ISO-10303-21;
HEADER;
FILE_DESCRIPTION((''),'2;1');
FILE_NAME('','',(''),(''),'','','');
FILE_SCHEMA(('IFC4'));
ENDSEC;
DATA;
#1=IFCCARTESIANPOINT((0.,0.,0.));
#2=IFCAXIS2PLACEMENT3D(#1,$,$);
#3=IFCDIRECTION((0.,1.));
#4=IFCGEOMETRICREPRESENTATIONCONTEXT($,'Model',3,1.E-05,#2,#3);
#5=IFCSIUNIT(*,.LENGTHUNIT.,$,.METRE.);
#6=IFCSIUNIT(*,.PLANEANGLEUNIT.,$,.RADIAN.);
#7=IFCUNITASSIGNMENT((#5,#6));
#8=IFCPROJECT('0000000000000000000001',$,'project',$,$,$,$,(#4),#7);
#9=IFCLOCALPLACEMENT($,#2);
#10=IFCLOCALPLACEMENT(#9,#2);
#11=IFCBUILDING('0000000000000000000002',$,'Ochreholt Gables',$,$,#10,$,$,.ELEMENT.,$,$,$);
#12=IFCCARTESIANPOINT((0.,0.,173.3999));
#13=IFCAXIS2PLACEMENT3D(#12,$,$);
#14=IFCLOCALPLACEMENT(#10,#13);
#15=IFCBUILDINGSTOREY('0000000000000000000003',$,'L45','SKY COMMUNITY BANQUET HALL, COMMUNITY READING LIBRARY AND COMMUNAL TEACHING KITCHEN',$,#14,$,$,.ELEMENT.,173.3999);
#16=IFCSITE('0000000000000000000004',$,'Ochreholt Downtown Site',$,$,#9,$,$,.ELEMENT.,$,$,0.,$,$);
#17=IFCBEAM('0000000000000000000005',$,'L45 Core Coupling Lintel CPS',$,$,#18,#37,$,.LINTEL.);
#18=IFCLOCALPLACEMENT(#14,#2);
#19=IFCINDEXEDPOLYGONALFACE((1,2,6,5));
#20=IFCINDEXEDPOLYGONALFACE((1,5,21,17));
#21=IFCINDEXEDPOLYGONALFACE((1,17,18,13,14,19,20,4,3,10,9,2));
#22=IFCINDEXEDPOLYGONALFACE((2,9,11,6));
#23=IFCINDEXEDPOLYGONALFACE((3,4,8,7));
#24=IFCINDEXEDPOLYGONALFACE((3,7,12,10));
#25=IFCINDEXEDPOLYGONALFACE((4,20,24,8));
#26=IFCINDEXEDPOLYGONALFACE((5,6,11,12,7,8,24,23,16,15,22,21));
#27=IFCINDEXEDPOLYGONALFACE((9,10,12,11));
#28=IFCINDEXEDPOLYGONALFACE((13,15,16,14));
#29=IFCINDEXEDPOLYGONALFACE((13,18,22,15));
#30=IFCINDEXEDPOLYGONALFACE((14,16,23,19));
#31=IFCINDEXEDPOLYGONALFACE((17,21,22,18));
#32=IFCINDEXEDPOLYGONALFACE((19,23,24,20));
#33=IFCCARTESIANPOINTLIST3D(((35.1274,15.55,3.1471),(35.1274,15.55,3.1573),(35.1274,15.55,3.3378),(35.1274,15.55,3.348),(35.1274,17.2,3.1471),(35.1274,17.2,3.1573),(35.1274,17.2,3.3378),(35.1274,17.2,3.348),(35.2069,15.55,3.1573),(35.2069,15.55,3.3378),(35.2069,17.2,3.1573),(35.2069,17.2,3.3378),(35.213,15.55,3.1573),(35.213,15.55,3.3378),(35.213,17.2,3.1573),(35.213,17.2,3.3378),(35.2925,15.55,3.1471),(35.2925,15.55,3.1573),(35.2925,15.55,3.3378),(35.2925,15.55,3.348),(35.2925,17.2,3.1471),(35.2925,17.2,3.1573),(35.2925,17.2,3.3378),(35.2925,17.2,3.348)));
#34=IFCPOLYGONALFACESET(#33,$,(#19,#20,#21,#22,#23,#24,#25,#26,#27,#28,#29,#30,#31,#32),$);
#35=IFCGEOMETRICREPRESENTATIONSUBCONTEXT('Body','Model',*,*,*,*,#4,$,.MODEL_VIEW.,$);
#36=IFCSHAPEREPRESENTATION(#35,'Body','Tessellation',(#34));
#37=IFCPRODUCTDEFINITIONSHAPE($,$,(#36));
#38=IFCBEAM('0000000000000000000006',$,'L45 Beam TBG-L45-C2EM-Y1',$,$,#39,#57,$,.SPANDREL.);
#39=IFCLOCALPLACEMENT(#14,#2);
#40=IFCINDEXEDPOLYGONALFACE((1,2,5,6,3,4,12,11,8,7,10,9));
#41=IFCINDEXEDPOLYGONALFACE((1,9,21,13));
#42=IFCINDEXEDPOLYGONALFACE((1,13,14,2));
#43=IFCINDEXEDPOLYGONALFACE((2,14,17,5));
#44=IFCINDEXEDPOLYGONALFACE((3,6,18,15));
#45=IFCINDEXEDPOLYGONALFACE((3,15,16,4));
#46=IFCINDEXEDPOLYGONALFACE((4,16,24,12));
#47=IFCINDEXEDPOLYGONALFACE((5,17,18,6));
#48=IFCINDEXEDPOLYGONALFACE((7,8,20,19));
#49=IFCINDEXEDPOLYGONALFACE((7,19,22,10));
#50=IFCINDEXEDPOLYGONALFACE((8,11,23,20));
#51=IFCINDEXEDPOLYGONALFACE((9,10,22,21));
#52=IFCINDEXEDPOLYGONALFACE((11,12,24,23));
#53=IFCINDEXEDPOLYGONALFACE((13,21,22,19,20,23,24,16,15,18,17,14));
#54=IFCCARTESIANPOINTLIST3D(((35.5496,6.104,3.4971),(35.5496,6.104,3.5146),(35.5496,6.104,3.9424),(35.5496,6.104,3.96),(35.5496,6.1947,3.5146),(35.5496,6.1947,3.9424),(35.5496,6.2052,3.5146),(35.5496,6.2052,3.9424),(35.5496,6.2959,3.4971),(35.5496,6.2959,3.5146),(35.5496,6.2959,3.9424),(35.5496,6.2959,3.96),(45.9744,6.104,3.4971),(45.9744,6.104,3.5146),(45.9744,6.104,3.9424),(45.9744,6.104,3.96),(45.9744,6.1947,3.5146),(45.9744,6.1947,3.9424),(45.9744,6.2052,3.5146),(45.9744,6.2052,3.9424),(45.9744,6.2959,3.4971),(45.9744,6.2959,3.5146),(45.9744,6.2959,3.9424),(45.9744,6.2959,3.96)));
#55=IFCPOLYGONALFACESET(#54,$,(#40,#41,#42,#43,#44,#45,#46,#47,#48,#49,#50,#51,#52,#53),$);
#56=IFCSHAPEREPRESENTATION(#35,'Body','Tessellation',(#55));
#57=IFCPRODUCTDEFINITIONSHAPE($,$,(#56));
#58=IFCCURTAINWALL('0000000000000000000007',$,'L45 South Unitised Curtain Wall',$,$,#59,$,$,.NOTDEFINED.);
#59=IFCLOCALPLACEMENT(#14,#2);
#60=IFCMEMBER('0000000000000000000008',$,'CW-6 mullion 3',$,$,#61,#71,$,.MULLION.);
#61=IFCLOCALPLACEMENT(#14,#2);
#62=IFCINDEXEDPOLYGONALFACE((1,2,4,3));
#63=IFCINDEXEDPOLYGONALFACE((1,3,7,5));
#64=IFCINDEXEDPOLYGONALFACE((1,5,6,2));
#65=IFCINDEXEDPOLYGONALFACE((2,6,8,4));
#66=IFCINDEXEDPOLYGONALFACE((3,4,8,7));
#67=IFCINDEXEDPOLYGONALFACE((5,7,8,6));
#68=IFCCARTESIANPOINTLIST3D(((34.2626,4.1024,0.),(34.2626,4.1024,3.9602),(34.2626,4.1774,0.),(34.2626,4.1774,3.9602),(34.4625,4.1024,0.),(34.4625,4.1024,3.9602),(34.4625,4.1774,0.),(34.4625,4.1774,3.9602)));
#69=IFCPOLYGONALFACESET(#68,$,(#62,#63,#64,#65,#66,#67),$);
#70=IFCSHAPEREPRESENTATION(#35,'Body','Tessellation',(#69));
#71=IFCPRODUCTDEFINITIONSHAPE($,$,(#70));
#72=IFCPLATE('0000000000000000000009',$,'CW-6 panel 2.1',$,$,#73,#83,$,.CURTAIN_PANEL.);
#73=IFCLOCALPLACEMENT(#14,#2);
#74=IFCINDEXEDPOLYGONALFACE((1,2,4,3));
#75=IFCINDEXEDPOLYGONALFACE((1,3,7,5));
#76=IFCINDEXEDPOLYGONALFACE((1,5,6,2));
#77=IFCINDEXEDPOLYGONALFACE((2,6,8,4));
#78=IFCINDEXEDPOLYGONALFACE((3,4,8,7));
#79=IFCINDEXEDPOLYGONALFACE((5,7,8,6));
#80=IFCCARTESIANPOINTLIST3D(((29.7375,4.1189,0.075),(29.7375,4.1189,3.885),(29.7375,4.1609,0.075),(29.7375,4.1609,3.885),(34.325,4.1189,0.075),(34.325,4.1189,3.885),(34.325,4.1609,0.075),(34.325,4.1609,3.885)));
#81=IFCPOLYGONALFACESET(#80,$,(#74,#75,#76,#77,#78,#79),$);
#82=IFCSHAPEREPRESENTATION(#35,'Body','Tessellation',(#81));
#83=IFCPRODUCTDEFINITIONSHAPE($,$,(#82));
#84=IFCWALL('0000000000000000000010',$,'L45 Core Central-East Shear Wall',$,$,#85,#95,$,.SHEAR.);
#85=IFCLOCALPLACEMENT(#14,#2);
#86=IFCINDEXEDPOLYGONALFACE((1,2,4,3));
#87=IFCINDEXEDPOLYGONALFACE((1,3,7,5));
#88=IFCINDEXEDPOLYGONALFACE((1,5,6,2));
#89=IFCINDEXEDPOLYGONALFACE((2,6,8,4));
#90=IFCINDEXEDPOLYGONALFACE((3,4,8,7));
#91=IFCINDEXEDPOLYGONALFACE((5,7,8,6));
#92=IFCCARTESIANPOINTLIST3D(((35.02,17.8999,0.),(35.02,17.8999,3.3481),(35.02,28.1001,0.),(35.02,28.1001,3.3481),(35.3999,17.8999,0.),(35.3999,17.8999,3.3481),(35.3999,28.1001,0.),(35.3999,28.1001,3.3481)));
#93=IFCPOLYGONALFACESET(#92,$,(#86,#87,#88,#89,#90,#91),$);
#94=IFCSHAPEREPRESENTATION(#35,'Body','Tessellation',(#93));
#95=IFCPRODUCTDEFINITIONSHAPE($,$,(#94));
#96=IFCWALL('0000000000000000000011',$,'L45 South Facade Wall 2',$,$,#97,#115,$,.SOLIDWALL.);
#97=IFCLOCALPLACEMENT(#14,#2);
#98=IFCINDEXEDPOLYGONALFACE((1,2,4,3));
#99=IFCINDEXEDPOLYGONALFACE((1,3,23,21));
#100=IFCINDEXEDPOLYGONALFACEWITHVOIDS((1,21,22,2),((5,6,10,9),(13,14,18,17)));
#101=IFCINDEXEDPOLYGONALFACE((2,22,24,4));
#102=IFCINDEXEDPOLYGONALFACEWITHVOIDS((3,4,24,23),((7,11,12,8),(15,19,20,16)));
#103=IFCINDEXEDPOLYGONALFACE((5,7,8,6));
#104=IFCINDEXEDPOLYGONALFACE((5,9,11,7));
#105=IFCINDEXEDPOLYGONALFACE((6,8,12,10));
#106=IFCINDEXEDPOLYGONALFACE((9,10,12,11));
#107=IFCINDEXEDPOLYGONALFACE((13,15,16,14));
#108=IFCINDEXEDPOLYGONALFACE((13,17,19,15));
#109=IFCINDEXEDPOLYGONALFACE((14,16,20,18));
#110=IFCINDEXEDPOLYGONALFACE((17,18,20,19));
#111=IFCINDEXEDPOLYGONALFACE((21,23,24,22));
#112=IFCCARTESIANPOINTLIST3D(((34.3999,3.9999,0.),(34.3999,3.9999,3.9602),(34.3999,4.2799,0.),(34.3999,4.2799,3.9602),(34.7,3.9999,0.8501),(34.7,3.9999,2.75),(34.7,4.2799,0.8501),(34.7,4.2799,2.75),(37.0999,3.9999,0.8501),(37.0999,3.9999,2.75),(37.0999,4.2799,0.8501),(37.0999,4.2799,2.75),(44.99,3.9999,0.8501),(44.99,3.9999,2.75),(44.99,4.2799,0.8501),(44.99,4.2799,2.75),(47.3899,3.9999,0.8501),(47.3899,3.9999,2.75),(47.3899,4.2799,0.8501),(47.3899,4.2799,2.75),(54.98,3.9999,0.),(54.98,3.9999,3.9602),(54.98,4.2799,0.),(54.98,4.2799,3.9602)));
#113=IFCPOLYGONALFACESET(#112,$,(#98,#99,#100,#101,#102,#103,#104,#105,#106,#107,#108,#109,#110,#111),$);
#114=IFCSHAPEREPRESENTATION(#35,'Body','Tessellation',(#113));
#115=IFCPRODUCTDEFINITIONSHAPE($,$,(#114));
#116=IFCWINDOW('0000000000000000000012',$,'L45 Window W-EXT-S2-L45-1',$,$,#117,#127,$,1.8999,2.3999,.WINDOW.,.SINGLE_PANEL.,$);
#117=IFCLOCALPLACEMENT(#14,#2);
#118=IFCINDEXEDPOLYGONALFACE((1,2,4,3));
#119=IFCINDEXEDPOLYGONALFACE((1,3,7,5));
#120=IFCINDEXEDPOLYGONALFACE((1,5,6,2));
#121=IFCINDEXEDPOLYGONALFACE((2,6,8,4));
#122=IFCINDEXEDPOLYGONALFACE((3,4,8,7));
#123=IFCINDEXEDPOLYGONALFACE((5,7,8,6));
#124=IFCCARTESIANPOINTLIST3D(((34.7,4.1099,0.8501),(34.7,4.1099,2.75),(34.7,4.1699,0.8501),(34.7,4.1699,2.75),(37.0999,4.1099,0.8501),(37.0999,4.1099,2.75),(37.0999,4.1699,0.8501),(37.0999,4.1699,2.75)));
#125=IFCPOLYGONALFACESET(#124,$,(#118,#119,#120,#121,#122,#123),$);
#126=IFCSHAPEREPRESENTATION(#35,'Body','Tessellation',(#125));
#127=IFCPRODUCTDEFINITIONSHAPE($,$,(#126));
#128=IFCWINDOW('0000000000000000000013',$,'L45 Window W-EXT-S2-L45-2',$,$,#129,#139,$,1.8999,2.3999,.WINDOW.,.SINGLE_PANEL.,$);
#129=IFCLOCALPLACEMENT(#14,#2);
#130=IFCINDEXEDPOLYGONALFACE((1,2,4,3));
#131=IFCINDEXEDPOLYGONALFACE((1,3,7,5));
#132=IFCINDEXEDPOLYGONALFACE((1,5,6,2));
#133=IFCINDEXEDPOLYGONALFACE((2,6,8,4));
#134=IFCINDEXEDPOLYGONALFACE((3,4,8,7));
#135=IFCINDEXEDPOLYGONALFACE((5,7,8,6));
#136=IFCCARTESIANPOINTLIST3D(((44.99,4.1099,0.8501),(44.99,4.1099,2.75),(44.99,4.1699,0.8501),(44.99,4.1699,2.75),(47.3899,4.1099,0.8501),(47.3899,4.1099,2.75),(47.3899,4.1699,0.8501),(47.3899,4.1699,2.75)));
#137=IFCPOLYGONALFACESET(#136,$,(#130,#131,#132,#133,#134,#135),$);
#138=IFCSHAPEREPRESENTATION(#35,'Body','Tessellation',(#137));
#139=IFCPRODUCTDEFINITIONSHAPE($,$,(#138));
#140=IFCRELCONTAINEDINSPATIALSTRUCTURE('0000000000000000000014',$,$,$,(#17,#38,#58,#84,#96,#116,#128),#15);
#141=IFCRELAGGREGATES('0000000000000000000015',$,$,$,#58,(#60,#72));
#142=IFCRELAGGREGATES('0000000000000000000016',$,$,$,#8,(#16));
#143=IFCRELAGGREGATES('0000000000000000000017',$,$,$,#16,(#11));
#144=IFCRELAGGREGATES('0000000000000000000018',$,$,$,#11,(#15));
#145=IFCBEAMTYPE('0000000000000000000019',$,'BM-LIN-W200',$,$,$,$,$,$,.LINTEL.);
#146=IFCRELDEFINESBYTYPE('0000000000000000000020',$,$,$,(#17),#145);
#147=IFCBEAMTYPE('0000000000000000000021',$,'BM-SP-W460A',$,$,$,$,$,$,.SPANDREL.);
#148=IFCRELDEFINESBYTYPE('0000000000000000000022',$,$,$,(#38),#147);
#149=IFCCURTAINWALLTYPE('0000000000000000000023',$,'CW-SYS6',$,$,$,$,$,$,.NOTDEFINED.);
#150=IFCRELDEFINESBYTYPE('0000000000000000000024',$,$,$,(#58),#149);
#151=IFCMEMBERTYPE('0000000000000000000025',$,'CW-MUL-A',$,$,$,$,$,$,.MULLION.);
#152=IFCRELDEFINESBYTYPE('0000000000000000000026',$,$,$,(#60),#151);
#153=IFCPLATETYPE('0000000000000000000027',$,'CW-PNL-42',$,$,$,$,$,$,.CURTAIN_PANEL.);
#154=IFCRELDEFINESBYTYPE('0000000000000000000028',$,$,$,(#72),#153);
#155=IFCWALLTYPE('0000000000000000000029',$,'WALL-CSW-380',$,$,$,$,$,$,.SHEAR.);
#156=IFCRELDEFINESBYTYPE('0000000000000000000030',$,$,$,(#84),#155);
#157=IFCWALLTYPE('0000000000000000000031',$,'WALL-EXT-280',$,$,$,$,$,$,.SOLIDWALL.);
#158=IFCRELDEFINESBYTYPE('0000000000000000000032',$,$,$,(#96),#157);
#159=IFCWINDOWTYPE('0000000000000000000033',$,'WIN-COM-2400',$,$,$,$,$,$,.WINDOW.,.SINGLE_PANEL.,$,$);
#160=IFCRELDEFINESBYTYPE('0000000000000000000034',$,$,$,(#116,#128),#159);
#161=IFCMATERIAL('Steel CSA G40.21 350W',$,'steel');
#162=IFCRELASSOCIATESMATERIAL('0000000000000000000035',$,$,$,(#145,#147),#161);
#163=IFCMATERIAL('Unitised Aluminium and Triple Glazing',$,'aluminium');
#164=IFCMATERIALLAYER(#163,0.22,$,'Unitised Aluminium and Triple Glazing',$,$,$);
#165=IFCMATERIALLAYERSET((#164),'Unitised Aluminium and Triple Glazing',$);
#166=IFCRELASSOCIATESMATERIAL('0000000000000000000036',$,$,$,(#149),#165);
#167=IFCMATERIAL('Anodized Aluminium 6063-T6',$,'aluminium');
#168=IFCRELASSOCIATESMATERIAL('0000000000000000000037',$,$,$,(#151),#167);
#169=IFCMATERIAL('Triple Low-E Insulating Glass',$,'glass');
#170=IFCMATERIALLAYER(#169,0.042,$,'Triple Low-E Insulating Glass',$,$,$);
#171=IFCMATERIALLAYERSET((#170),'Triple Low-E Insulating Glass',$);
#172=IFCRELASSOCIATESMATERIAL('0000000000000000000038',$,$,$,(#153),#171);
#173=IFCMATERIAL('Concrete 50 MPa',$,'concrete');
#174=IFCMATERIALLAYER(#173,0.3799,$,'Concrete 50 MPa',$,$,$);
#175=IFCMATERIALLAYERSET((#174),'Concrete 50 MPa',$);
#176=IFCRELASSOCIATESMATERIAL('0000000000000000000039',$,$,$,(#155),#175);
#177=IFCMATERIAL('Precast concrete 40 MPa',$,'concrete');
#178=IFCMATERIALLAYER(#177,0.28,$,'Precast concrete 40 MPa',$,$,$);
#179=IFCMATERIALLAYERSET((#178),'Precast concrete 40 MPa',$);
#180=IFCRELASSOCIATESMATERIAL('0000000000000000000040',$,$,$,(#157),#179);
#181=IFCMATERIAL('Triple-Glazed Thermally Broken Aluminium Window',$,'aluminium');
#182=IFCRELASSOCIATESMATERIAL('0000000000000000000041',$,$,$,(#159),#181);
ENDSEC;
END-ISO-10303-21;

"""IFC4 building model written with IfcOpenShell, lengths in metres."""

from ifc_helpers import new_model, si_unit, direction, frame, frame_2d, origin, origin_2d, place, context, subcontext, project, spatial, rectangle, i_section, extrude, material, layer, layer_set, material_profile, profile_set, type_object, element, fill, aggregate, save


model = new_model("IFC4")

# Units and contexts
model_context = context("Model", 3, precision=1e-05, world=origin(), true_north=direction((0.0, 1.0)))
body_context = subcontext(model_context, "Body", "Model", "MODEL_VIEW")
ifc_project = project(units=[si_unit("LENGTHUNIT", "METRE"), si_unit("PLANEANGLEUNIT", "RADIAN")], contexts=[model_context])

# Site, building, storey
site_placement = place(None, origin())
site = spatial("IfcSite", under=ifc_project, at=site_placement, Name="Ochreholt Downtown Site", CompositionType="ELEMENT", RefElevation=0.0)
building_placement = place(site_placement, origin())
building = spatial("IfcBuilding", under=site, at=building_placement, Name="Ochreholt Gables", CompositionType="ELEMENT")
storey_placement = place(building_placement, frame((0.0, 0.0, 173.3999)))
storey = spatial("IfcBuildingStorey", under=building, at=storey_placement, Name="L45", Description="SKY COMMUNITY BANQUET HALL, COMMUNITY READING LIBRARY AND COMMUNAL TEACHING KITCHEN", CompositionType="ELEMENT", Elevation=173.3999)

# Shared definitions
ifc_material_1 = material(Name="Concrete 50 MPa", Category="concrete")

# Beams
ifc_material_2 = material(Name="Steel CSA G40.21 350W", Category="steel")
ifc_material_profile_1 = material_profile(ifc_material_2, i_section(OverallWidth=0.165, OverallDepth=0.2009, WebThickness=0.0061, FlangeThickness=0.0103, at=origin_2d()), Name="W200X36")
ifc_profile_set_1 = profile_set([ifc_material_profile_1], Name="Steel CSA G40.21 350W")
beam_type_1 = type_object("IfcBeamType", Name="BM-LIN-W200", PredefinedType="LINTEL", material=ifc_profile_set_1)
beam_1_placement = place(storey_placement, frame((35.21, 15.55, 3.2476), z_axis=(0.0, 1.0, 0.0), x_axis=(-1.0, 0.0, 0.0)))
element("IfcBeam", 1, at=beam_1_placement, inside=storey, type_object=beam_type_1, Name="L45 Core Coupling Lintel CPS", PredefinedType="LINTEL", context=body_context, shape_type="SweptSolid", body=[
    extrude(i_section(OverallWidth=0.165, OverallDepth=0.2009, WebThickness=0.0061, FlangeThickness=0.0103, at=origin_2d()), origin(), (0.0, 0.0, 1.0), 1.6499),
])
ifc_material_profile_2 = material_profile(ifc_material_2, i_section(OverallWidth=0.1919, OverallDepth=0.4629, WebThickness=0.0105, FlangeThickness=0.0176, at=origin_2d()), Name="W460X89")
ifc_profile_set_2 = profile_set([ifc_material_profile_2], Name="Steel CSA G40.21 350W")
beam_type_2 = type_object("IfcBeamType", Name="BM-SP-W460A", PredefinedType="SPANDREL", material=ifc_profile_set_2)
beam_2_placement = place(storey_placement, frame((35.5496, 6.2, 3.7285), z_axis=(1.0, 0.0, 0.0), x_axis=(0.0, 1.0, 0.0)))
element("IfcBeam", 2, at=beam_2_placement, inside=storey, type_object=beam_type_2, Name="L45 Beam TBG-L45-C2EM-Y1", PredefinedType="SPANDREL", context=body_context, shape_type="SweptSolid", body=[
    extrude(i_section(OverallWidth=0.1919, OverallDepth=0.4629, WebThickness=0.0105, FlangeThickness=0.0176, at=origin_2d()), origin(), (0.0, 0.0, 1.0), 10.4248),
])

# Curtain wall, member, plate
ifc_material_3 = material(Name="Unitised Aluminium and Triple Glazing", Category="aluminium")
ifc_layer_1 = layer(ifc_material_3, 0.22, Name="Unitised Aluminium and Triple Glazing")
ifc_layer_set_1 = layer_set([ifc_layer_1], Name="Unitised Aluminium and Triple Glazing")
curtain_wall_type = type_object("IfcCurtainWallType", Name="CW-SYS6", PredefinedType="NOTDEFINED", material=ifc_layer_set_1)
curtain_wall_placement = place(storey_placement, origin())
curtain_wall = element("IfcCurtainWall", 3, at=curtain_wall_placement, inside=storey, type_object=curtain_wall_type, Name="L45 South Unitised Curtain Wall", PredefinedType="NOTDEFINED")
ifc_material_4 = material(Name="Anodized Aluminium 6063-T6", Category="aluminium")
ifc_material_profile_3 = material_profile(ifc_material_4, rectangle(XDim=0.075, YDim=0.2, at=origin_2d()), Name="CWM75X200")
ifc_profile_set_3 = profile_set([ifc_material_profile_3], Name="Anodized Aluminium 6063-T6")
member_type = type_object("IfcMemberType", Name="CW-MUL-A", PredefinedType="MULLION", material=ifc_profile_set_3)
member_placement = place(storey_placement, frame((34.3625, 4.1399, 0.0), z_axis=(0.0, 0.0, 1.0), x_axis=(0.0, 1.0, 0.0)))
member = element("IfcMember", 4, at=member_placement, type_object=member_type, Name="CW-6 mullion 3", PredefinedType="MULLION", context=body_context, shape_type="SweptSolid", body=[
    extrude(rectangle(XDim=0.075, YDim=0.2, at=origin_2d()), origin(), (0.0, 0.0, 1.0), 3.9602),
])
ifc_material_5 = material(Name="Triple Low-E Insulating Glass", Category="glass")
ifc_layer_2 = layer(ifc_material_5, 0.042, Name="Triple Low-E Insulating Glass")
ifc_layer_set_2 = layer_set([ifc_layer_2], Name="Triple Low-E Insulating Glass")
plate_type = type_object("IfcPlateType", Name="CW-PNL-42", PredefinedType="CURTAIN_PANEL", material=ifc_layer_set_2)
plate_placement = place(storey_placement, frame((32.0312, 4.1399, 0.075), z_axis=(0.0, 0.0, 1.0), x_axis=(1.0, 0.0, 0.0)))
plate = element("IfcPlate", 5, at=plate_placement, type_object=plate_type, Name="CW-6 panel 2.1", PredefinedType="CURTAIN_PANEL", context=body_context, shape_type="SweptSolid", body=[
    extrude(rectangle(XDim=4.5874, YDim=0.042, at=origin_2d()), origin(), (0.0, 0.0, 1.0), 3.8101),
])
aggregate(curtain_wall, [member, plate])

# Wall
ifc_layer_3 = layer(ifc_material_1, 0.3799, Name="Concrete 50 MPa")
ifc_layer_set_3 = layer_set([ifc_layer_3], Name="Concrete 50 MPa")
wall_type_1 = type_object("IfcWallType", Name="WALL-CSW-380", PredefinedType="SHEAR", material=ifc_layer_set_3)
wall_1_placement = place(storey_placement, frame((35.21, 17.8999, 0.0), z_axis=(0.0, 0.0, 1.0), x_axis=(0.0, 1.0, 0.0)))
element("IfcWall", 6, at=wall_1_placement, inside=storey, type_object=wall_type_1, Name="L45 Core Central-East Shear Wall", PredefinedType="SHEAR", context=body_context, shape_type="SweptSolid", body=[
    extrude(rectangle(XDim=10.2002, YDim=0.3799, at=frame_2d((5.1001, 0.0))), origin(), (0.0, 0.0, 1.0), 3.3481),
])

# Wall, openings, windows
ifc_material_6 = material(Name="Precast concrete 40 MPa", Category="concrete")
ifc_layer_4 = layer(ifc_material_6, 0.28, Name="Precast concrete 40 MPa")
ifc_layer_set_4 = layer_set([ifc_layer_4], Name="Precast concrete 40 MPa")
wall_type_2 = type_object("IfcWallType", Name="WALL-EXT-280", PredefinedType="SOLIDWALL", material=ifc_layer_set_4)
wall_2_placement = place(storey_placement, frame((34.3999, 4.1399, 0.0), z_axis=(0.0, 0.0, 1.0), x_axis=(1.0, 0.0, 0.0)))
wall_2 = element("IfcWall", 7, at=wall_2_placement, inside=storey, type_object=wall_type_2, Name="L45 South Facade Wall 2", PredefinedType="SOLIDWALL", context=body_context, shape_type="SweptSolid", body=[
    extrude(rectangle(XDim=20.5801, YDim=0.28, at=frame_2d((10.29, 0.0))), origin(), (0.0, 0.0, 1.0), 3.9602),
])
opening_1_placement = place(wall_2_placement, frame((0.3, 0.0, 0.8501)))
opening_1 = element("IfcOpeningElement", 8, at=opening_1_placement, cuts=wall_2, PredefinedType="OPENING", context=body_context, shape_type="SweptSolid", body=[
    extrude(rectangle(XDim=2.3999, YDim=1.8999, at=frame_2d((1.2, 0.95))), frame((0.0, 0.1499, 0.0), z_axis=(0.0, -1.0, 0.0), x_axis=(1.0, 0.0, 0.0)), (0.0, 0.0, 1.0), 0.3),
])
opening_2_placement = place(wall_2_placement, frame((10.5901, 0.0, 0.8501)))
opening_2 = element("IfcOpeningElement", 9, at=opening_2_placement, cuts=wall_2, PredefinedType="OPENING", context=body_context, shape_type="SweptSolid", body=[
    extrude(rectangle(XDim=2.3999, YDim=1.8999, at=frame_2d((1.2, 0.95))), frame((0.0, 0.1499, 0.0), z_axis=(0.0, -1.0, 0.0), x_axis=(1.0, 0.0, 0.0)), (0.0, 0.0, 1.0), 0.3),
])
ifc_material_7 = material(Name="Triple-Glazed Thermally Broken Aluminium Window", Category="aluminium")
window_type = type_object("IfcWindowType", Name="WIN-COM-2400", PartitioningType="SINGLE_PANEL", PredefinedType="WINDOW", material=ifc_material_7)
window_1_placement = place(opening_1_placement, origin())
window_1 = element("IfcWindow", 10, at=window_1_placement, inside=storey, type_object=window_type, Name="L45 Window W-EXT-S2-L45-1", OverallHeight=1.8999, OverallWidth=2.3999, PartitioningType="SINGLE_PANEL", PredefinedType="WINDOW", context=body_context, shape_type="SweptSolid", body=[
    extrude(rectangle(XDim=2.3999, YDim=1.8999, at=frame_2d((1.2, 0.95))), frame((0.0, 0.03, 0.0), z_axis=(0.0, -1.0, 0.0), x_axis=(1.0, 0.0, 0.0)), (0.0, 0.0, 1.0), 0.0601),
])
fill(opening_1, window_1)
window_2_placement = place(opening_2_placement, origin())
window_2 = element("IfcWindow", 11, at=window_2_placement, inside=storey, type_object=window_type, Name="L45 Window W-EXT-S2-L45-2", OverallHeight=1.8999, OverallWidth=2.3999, PartitioningType="SINGLE_PANEL", PredefinedType="WINDOW", context=body_context, shape_type="SweptSolid", body=[
    extrude(rectangle(XDim=2.3999, YDim=1.8999, at=frame_2d((1.2, 0.95))), frame((0.0, 0.03, 0.0), z_axis=(0.0, -1.0, 0.0), x_axis=(1.0, 0.0, 0.0)), (0.0, 0.0, 1.0), 0.0601),
])
fill(opening_2, window_2)

save(model, "model.ifc")
